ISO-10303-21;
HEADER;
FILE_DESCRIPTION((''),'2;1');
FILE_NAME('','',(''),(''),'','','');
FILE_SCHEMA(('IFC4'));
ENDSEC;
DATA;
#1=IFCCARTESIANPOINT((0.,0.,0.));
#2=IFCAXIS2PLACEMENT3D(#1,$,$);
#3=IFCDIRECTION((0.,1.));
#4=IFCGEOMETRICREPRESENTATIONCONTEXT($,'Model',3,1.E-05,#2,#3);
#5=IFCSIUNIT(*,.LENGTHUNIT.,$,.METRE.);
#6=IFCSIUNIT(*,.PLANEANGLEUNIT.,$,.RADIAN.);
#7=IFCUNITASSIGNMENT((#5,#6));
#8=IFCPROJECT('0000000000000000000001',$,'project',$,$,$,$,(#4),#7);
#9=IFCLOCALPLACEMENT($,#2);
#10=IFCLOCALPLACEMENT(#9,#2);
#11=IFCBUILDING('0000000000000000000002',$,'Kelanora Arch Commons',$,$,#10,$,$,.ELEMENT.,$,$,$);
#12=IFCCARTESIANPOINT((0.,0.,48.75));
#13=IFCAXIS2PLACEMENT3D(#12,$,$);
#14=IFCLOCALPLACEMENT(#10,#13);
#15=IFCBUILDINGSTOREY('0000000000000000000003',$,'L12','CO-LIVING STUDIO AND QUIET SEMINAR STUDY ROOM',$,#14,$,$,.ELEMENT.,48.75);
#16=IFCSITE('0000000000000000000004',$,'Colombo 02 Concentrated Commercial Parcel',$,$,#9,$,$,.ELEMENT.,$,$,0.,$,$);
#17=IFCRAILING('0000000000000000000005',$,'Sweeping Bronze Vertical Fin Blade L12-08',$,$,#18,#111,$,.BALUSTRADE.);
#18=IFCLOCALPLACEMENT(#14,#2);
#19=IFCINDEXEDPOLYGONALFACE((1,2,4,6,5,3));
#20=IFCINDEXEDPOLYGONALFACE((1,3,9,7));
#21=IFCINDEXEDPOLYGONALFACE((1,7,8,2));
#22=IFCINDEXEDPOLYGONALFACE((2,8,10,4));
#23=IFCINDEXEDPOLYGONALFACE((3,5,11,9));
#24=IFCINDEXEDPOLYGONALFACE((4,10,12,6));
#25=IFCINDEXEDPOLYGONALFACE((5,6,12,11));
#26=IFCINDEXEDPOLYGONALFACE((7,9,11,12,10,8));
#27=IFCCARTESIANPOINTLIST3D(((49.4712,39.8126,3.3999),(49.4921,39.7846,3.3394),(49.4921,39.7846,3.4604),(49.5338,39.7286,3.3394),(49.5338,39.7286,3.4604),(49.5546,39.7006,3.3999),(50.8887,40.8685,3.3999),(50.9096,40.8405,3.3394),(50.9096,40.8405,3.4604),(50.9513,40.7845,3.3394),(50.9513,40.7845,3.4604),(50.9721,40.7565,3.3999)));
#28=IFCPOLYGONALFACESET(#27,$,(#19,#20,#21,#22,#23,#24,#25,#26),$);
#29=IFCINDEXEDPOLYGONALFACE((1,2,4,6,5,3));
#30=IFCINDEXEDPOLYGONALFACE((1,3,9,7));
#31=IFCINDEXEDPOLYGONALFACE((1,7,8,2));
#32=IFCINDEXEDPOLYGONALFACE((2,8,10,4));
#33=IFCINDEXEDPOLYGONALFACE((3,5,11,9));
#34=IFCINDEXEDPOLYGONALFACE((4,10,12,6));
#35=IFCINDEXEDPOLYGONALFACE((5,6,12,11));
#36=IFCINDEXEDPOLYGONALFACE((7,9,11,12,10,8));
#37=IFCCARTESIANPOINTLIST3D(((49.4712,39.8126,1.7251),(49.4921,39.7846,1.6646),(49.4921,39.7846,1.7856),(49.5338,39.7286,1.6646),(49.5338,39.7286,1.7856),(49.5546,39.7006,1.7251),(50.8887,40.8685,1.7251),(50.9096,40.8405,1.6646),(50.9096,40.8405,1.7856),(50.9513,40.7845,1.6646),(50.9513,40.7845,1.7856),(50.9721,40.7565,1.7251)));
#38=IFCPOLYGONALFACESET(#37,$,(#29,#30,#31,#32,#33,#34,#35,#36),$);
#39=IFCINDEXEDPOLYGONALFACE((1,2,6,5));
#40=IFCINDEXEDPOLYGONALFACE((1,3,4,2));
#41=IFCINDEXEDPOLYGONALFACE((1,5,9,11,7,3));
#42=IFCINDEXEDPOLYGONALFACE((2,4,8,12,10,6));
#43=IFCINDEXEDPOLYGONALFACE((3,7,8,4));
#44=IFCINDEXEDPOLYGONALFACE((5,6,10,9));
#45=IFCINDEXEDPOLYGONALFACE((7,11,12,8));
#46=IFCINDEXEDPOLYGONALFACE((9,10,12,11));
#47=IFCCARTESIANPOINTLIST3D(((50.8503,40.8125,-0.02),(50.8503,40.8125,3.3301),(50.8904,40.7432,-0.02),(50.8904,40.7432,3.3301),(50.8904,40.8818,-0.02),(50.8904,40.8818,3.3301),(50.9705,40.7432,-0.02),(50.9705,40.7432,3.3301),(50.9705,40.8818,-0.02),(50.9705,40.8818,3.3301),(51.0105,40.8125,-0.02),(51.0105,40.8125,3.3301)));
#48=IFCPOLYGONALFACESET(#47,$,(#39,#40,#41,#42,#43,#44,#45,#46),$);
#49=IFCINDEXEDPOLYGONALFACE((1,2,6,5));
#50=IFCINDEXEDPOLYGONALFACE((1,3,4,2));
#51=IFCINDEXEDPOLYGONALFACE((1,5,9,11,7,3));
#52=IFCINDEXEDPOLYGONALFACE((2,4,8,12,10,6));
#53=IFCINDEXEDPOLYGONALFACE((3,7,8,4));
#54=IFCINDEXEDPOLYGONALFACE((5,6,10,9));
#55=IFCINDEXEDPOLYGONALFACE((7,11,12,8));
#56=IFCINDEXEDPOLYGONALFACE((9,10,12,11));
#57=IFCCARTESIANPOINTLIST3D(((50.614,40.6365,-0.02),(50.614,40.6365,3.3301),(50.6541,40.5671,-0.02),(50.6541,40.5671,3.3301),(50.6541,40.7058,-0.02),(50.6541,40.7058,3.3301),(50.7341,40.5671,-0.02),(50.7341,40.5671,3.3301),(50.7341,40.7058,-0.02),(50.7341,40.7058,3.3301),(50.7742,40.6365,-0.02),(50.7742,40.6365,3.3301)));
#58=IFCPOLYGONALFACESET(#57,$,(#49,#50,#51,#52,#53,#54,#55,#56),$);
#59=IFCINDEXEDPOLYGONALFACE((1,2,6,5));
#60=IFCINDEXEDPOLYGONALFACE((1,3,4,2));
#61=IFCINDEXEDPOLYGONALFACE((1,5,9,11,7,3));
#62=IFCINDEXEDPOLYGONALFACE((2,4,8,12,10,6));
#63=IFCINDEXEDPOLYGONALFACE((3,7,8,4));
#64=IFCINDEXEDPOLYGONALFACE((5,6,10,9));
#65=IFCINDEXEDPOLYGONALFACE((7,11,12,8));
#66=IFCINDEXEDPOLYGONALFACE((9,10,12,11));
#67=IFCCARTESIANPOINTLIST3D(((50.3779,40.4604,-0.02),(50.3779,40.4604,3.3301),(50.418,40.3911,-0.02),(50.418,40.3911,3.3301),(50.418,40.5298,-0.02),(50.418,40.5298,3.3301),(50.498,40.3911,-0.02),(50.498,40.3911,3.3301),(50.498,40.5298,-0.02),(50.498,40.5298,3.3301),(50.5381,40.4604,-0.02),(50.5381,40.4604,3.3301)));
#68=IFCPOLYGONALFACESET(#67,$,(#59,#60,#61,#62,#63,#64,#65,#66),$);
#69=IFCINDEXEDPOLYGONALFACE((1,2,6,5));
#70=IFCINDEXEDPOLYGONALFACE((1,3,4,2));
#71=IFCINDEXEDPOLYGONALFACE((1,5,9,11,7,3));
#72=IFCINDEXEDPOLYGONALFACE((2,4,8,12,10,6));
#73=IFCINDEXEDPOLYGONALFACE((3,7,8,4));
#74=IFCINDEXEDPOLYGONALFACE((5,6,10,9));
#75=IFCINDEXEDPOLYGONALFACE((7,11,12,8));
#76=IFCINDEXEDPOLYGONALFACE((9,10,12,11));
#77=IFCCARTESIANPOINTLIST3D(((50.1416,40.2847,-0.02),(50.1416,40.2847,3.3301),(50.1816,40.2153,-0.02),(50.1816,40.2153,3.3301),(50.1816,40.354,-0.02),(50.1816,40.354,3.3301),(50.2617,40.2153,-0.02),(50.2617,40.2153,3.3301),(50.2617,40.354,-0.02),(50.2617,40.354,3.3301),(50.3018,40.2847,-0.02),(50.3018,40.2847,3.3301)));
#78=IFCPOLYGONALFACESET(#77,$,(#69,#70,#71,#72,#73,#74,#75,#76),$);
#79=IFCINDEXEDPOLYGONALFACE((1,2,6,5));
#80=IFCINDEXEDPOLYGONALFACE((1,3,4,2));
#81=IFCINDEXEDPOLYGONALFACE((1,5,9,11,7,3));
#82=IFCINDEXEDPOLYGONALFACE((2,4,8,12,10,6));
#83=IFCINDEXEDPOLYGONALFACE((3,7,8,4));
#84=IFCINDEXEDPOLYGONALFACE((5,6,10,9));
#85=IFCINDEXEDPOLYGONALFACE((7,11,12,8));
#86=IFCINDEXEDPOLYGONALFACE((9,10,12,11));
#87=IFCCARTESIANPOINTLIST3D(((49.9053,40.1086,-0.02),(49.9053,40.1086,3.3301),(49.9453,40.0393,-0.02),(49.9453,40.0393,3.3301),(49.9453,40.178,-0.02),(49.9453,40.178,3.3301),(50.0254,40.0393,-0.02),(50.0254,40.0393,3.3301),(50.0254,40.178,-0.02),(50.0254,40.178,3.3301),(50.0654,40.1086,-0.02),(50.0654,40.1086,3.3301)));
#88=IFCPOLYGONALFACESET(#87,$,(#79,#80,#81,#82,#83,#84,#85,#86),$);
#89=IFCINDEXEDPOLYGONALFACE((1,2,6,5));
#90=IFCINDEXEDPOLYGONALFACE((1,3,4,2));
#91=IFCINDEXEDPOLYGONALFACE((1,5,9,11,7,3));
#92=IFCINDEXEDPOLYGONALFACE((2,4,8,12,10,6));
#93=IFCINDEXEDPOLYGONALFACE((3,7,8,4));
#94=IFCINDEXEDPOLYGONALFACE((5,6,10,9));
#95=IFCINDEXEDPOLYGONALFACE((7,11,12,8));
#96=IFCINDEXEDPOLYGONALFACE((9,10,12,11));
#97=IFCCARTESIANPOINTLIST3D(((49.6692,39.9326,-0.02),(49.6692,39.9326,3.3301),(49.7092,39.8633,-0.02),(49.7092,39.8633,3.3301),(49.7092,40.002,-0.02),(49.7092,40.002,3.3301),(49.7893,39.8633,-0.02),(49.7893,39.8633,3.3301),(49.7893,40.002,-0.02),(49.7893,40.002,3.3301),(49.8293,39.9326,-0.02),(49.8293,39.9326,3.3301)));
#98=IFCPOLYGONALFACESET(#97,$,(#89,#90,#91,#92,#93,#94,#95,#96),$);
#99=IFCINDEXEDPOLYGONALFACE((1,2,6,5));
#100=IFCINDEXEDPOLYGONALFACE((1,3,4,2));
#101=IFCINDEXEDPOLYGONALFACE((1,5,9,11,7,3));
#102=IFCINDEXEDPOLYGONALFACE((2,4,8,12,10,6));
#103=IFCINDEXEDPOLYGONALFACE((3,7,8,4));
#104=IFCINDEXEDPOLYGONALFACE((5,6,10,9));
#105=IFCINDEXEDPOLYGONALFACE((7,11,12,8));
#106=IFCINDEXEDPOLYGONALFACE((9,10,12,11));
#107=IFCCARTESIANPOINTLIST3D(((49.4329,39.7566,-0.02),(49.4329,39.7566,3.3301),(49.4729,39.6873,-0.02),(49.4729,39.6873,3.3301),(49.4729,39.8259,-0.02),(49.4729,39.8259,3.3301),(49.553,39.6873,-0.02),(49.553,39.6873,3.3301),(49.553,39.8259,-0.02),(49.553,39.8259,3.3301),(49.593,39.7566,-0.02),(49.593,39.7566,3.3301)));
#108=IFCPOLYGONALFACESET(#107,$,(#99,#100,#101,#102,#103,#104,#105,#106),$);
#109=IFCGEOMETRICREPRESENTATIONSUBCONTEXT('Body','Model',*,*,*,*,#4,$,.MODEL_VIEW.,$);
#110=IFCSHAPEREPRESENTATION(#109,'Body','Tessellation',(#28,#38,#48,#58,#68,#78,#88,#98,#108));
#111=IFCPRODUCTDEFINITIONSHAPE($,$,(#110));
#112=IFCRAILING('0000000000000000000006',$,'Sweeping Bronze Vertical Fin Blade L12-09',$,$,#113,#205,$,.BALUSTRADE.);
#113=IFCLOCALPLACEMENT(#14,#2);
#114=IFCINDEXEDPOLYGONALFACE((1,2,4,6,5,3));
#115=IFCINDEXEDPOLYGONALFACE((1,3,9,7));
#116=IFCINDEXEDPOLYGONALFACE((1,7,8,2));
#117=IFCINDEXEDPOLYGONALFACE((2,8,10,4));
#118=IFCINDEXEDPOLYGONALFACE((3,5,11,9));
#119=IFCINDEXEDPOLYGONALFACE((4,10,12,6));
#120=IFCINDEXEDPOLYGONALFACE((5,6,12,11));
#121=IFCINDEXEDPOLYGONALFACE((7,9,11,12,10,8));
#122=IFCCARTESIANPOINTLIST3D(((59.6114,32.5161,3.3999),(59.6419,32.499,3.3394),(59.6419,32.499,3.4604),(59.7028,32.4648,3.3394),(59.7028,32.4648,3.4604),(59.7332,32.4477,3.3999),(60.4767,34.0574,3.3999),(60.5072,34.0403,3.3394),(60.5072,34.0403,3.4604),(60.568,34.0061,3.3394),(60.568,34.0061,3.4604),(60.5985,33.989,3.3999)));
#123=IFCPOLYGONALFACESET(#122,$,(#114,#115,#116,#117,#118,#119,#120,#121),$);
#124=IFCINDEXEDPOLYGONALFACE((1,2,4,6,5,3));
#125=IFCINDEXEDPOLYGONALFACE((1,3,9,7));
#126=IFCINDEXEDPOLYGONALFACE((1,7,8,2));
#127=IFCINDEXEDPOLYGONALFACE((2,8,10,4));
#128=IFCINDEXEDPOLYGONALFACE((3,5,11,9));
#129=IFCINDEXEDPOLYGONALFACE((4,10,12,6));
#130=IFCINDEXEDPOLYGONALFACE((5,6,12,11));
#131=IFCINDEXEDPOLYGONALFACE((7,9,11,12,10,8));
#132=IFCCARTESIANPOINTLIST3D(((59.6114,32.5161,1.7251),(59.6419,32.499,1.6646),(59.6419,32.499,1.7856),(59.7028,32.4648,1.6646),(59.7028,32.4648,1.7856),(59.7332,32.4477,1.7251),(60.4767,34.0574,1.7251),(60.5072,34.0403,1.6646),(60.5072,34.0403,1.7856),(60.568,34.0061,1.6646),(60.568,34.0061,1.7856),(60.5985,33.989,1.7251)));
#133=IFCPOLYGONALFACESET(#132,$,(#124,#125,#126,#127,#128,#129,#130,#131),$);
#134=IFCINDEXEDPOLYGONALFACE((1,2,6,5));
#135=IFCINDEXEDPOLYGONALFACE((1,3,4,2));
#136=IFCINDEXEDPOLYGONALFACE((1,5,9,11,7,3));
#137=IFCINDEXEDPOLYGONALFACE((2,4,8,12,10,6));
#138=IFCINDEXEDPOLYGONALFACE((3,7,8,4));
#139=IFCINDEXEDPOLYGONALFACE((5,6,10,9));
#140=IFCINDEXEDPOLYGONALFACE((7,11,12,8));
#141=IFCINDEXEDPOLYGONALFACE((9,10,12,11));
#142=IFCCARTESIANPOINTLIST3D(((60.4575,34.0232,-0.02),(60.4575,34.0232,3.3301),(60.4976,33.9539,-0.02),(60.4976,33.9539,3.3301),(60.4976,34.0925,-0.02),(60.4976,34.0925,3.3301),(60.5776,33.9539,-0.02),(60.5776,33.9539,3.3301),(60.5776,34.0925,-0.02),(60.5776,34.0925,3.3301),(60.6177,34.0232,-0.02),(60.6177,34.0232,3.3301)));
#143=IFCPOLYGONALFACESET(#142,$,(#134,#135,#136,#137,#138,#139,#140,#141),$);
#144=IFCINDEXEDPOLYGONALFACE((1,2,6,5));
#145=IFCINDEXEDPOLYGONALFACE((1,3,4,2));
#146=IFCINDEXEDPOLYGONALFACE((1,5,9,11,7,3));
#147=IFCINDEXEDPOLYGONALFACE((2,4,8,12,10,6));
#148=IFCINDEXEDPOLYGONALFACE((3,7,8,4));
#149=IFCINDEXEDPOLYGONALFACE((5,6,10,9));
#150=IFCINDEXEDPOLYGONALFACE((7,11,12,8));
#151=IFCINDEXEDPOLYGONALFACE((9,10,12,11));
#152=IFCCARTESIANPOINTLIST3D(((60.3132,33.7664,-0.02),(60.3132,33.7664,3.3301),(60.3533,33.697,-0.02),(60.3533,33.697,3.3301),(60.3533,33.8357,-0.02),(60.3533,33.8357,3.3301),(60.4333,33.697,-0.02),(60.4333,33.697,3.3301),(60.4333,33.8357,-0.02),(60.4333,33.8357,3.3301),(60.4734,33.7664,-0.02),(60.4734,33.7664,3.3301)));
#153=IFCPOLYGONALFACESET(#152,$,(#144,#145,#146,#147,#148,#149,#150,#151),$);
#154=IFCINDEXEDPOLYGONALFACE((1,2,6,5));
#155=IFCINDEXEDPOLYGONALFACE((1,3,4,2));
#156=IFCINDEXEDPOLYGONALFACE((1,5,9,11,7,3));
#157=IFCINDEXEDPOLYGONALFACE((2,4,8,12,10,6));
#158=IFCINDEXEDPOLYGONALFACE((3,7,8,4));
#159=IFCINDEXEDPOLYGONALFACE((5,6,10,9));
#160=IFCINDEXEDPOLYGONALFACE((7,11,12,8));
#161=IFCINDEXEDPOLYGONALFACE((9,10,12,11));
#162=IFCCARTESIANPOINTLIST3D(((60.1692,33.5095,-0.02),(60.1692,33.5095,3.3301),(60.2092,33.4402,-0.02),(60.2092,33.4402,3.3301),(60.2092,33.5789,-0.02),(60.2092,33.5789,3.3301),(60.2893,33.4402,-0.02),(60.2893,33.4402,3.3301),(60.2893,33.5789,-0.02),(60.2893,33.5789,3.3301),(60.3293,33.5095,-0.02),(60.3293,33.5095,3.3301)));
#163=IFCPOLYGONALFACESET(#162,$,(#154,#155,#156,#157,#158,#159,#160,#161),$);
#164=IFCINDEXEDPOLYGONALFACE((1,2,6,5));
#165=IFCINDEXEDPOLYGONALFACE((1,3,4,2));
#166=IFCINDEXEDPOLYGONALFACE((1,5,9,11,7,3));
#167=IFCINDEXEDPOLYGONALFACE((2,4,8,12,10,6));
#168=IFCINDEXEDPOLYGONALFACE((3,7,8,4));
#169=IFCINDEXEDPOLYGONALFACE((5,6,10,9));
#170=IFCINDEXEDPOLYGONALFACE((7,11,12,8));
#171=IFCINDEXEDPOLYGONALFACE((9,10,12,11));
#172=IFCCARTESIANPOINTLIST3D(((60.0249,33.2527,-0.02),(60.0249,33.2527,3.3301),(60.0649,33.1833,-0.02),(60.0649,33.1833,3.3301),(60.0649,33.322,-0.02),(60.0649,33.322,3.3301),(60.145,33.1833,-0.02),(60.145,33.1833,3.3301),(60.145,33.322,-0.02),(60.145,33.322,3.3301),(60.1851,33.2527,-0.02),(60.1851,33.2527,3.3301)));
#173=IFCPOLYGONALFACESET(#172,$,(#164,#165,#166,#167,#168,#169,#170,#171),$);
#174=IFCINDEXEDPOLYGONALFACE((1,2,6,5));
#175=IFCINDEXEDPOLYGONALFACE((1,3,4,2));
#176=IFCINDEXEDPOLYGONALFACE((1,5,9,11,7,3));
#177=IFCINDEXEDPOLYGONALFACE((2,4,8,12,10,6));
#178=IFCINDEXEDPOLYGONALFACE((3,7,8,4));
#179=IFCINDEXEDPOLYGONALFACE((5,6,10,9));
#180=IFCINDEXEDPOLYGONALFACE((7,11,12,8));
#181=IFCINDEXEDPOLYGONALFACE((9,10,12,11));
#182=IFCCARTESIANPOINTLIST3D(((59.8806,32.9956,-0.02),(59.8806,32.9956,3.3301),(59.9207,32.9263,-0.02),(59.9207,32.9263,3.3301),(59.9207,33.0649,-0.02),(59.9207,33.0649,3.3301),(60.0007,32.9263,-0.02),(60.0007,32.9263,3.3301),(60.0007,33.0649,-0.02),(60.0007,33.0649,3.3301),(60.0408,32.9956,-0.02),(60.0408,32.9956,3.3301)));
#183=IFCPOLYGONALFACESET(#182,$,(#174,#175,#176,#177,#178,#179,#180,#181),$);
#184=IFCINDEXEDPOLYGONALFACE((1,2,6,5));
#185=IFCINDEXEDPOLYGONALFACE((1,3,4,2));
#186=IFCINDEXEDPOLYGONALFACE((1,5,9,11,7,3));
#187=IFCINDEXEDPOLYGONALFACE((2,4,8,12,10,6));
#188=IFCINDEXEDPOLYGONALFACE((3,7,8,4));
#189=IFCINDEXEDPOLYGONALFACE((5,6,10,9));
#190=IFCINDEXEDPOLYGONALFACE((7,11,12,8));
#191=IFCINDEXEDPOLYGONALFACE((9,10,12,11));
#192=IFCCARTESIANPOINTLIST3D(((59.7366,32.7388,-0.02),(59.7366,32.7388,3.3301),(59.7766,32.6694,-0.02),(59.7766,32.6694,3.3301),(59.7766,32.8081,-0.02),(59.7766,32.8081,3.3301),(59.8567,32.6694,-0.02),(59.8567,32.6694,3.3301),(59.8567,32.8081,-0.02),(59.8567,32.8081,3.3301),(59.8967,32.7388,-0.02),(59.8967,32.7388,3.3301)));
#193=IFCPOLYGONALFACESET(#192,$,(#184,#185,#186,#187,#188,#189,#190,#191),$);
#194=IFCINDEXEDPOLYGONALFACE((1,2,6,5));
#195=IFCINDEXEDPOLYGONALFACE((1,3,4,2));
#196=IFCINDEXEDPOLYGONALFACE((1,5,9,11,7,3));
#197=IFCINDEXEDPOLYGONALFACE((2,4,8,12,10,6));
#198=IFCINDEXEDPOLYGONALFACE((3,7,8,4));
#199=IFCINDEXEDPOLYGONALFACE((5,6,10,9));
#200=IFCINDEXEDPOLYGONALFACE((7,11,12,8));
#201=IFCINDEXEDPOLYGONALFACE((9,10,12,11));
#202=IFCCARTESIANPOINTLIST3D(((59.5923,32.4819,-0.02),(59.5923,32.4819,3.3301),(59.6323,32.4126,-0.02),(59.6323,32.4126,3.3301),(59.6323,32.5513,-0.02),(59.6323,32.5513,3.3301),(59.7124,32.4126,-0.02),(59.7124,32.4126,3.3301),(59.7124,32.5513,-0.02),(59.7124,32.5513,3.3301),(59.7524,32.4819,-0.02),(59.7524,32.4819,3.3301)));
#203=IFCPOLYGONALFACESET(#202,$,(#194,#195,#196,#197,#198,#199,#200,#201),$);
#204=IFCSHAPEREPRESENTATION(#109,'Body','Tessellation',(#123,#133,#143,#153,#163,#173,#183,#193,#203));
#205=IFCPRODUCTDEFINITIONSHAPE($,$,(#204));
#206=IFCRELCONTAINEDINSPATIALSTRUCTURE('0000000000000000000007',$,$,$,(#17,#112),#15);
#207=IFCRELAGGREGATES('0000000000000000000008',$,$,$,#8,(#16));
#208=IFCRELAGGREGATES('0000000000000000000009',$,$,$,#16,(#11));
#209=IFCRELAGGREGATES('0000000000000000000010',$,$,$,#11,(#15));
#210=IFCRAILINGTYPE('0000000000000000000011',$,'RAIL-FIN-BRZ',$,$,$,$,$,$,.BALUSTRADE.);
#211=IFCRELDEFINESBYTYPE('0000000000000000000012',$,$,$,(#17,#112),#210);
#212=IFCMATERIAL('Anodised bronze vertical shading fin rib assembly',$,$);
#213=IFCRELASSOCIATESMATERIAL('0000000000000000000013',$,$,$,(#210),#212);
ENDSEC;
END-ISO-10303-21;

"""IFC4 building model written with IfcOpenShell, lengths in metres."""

from ifc_helpers import new_model, si_unit, direction, frame, origin, place, context, subcontext, project, spatial, polyline, outline, extrude, material, type_object, element, save


model = new_model("IFC4")

# Units and contexts
model_context = context("Model", 3, precision=1e-05, world=origin(), true_north=direction((0.0, 1.0)))
body_context = subcontext(model_context, "Body", "Model", "MODEL_VIEW")
ifc_project = project(units=[si_unit("LENGTHUNIT", "METRE"), si_unit("PLANEANGLEUNIT", "RADIAN")], contexts=[model_context])

# Site, building, storey
site_placement = place(None, origin())
site = spatial("IfcSite", under=ifc_project, at=site_placement, Name="Colombo 02 Concentrated Commercial Parcel", CompositionType="ELEMENT", RefElevation=0.0)
building_placement = place(site_placement, origin())
building = spatial("IfcBuilding", under=site, at=building_placement, Name="Kelanora Arch Commons", CompositionType="ELEMENT")
storey_placement = place(building_placement, frame((0.0, 0.0, 48.75)))
storey = spatial("IfcBuildingStorey", under=building, at=storey_placement, Name="L12", Description="CO-LIVING STUDIO AND QUIET SEMINAR STUDY ROOM", CompositionType="ELEMENT", Elevation=48.75)

# Railings
ifc_material_1 = material(Name="Anodised bronze vertical shading fin rib assembly")
railing_type = type_object("IfcRailingType", Name="RAIL-FIN-BRZ", PredefinedType="BALUSTRADE", material=ifc_material_1)
railing_1_placement = place(storey_placement, frame((50.9304, 40.8125, -0.02)))
element("IfcRailing", 1, at=railing_1_placement, inside=storey, type_object=railing_type, Name="Sweeping Bronze Vertical Fin Blade L12-08", PredefinedType="BALUSTRADE", context=body_context, shape_type="SweptSolid", body=[
    extrude(outline(polyline([(0.0698, 0.0), (0.0349, 0.0605), (-0.0349, 0.0605), (-0.0698, 0.0), (-0.0349, -0.0605), (0.0349, -0.0605), (0.0698, 0.0)])), frame((0.0, 0.0, 3.4199), z_axis=(-0.801952, -0.597389, 0.0), x_axis=(0.597389, -0.801952, 0.0)), (0.0, 0.0, 1.0), 1.7676),
    extrude(outline(polyline([(0.0698, 0.0), (0.0349, 0.0605), (-0.0349, 0.0605), (-0.0698, 0.0), (-0.0349, -0.0605), (0.0349, -0.0605), (0.0698, 0.0)])), frame((0.0, 0.0, 1.7451), z_axis=(-0.801952, -0.597389, 0.0), x_axis=(0.597389, -0.801952, 0.0)), (0.0, 0.0, 1.0), 1.7676),
    extrude(outline(polyline([(0.0801, 0.0), (0.04, 0.0693), (-0.04, 0.0693), (-0.0801, 0.0), (-0.04, -0.0693), (0.04, -0.0693), (0.0801, 0.0)])), origin(), (0.0, 0.0, 1.0), 3.3501),
    extrude(outline(polyline([(0.0801, 0.0), (0.04, 0.0693), (-0.04, 0.0693), (-0.0801, 0.0), (-0.04, -0.0693), (0.04, -0.0693), (0.0801, 0.0)])), frame((-0.2363, -0.176, 0.0)), (0.0, 0.0, 1.0), 3.3501),
    extrude(outline(polyline([(0.0801, 0.0), (0.04, 0.0693), (-0.04, 0.0693), (-0.0801, 0.0), (-0.04, -0.0693), (0.04, -0.0693), (0.0801, 0.0)])), frame((-0.4724, -0.3521, 0.0)), (0.0, 0.0, 1.0), 3.3501),
    extrude(outline(polyline([(0.0801, 0.0), (0.04, 0.0693), (-0.04, 0.0693), (-0.0801, 0.0), (-0.04, -0.0693), (0.04, -0.0693), (0.0801, 0.0)])), frame((-0.7087, -0.5278, 0.0)), (0.0, 0.0, 1.0), 3.3501),
    extrude(outline(polyline([(0.0801, 0.0), (0.04, 0.0693), (-0.04, 0.0693), (-0.0801, 0.0), (-0.04, -0.0693), (0.04, -0.0693), (0.0801, 0.0)])), frame((-0.9451, -0.7039, 0.0)), (0.0, 0.0, 1.0), 3.3501),
    extrude(outline(polyline([(0.0801, 0.0), (0.04, 0.0693), (-0.04, 0.0693), (-0.0801, 0.0), (-0.04, -0.0693), (0.04, -0.0693), (0.0801, 0.0)])), frame((-1.1812, -0.8799, 0.0)), (0.0, 0.0, 1.0), 3.3501),
    extrude(outline(polyline([(0.0801, 0.0), (0.04, 0.0693), (-0.04, 0.0693), (-0.0801, 0.0), (-0.04, -0.0693), (0.04, -0.0693), (0.0801, 0.0)])), frame((-1.4175, -1.0559, 0.0)), (0.0, 0.0, 1.0), 3.3501),
])
railing_2_placement = place(storey_placement, frame((60.5376, 34.0232, -0.02)))
element("IfcRailing", 2, at=railing_2_placement, inside=storey, type_object=railing_type, Name="Sweeping Bronze Vertical Fin Blade L12-09", PredefinedType="BALUSTRADE", context=body_context, shape_type="SweptSolid", body=[
    extrude(outline(polyline([(0.0698, 0.0), (0.0349, 0.0605), (-0.0349, 0.0605), (-0.0698, 0.0), (-0.0349, -0.0605), (0.0349, -0.0605), (0.0698, 0.0)])), frame((0.0, 0.0, 3.4199), z_axis=(-0.48952, -0.871992, 0.0), x_axis=(0.871992, -0.48952, 0.0)), (0.0, 0.0, 1.0), 1.7676),
    extrude(outline(polyline([(0.0698, 0.0), (0.0349, 0.0605), (-0.0349, 0.0605), (-0.0698, 0.0), (-0.0349, -0.0605), (0.0349, -0.0605), (0.0698, 0.0)])), frame((0.0, 0.0, 1.7451), z_axis=(-0.48952, -0.871992, 0.0), x_axis=(0.871992, -0.48952, 0.0)), (0.0, 0.0, 1.0), 1.7676),
    extrude(outline(polyline([(0.0801, 0.0), (0.04, 0.0693), (-0.04, 0.0693), (-0.0801, 0.0), (-0.04, -0.0693), (0.04, -0.0693), (0.0801, 0.0)])), origin(), (0.0, 0.0, 1.0), 3.3501),
    extrude(outline(polyline([(0.0801, 0.0), (0.04, 0.0693), (-0.04, 0.0693), (-0.0801, 0.0), (-0.04, -0.0693), (0.04, -0.0693), (0.0801, 0.0)])), frame((-0.1443, -0.2568, 0.0)), (0.0, 0.0, 1.0), 3.3501),
    extrude(outline(polyline([(0.0801, 0.0), (0.04, 0.0693), (-0.04, 0.0693), (-0.0801, 0.0), (-0.04, -0.0693), (0.04, -0.0693), (0.0801, 0.0)])), frame((-0.2883, -0.5137, 0.0)), (0.0, 0.0, 1.0), 3.3501),
    extrude(outline(polyline([(0.0801, 0.0), (0.04, 0.0693), (-0.04, 0.0693), (-0.0801, 0.0), (-0.04, -0.0693), (0.04, -0.0693), (0.0801, 0.0)])), frame((-0.4326, -0.7705, 0.0)), (0.0, 0.0, 1.0), 3.3501),
    extrude(outline(polyline([(0.0801, 0.0), (0.04, 0.0693), (-0.04, 0.0693), (-0.0801, 0.0), (-0.04, -0.0693), (0.04, -0.0693), (0.0801, 0.0)])), frame((-0.5769, -1.0276, 0.0)), (0.0, 0.0, 1.0), 3.3501),
    extrude(outline(polyline([(0.0801, 0.0), (0.04, 0.0693), (-0.04, 0.0693), (-0.0801, 0.0), (-0.04, -0.0693), (0.04, -0.0693), (0.0801, 0.0)])), frame((-0.7209, -1.2844, 0.0)), (0.0, 0.0, 1.0), 3.3501),
    extrude(outline(polyline([(0.0801, 0.0), (0.04, 0.0693), (-0.04, 0.0693), (-0.0801, 0.0), (-0.04, -0.0693), (0.04, -0.0693), (0.0801, 0.0)])), frame((-0.8652, -1.5413, 0.0)), (0.0, 0.0, 1.0), 3.3501),
])

save(model, "model.ifc")
